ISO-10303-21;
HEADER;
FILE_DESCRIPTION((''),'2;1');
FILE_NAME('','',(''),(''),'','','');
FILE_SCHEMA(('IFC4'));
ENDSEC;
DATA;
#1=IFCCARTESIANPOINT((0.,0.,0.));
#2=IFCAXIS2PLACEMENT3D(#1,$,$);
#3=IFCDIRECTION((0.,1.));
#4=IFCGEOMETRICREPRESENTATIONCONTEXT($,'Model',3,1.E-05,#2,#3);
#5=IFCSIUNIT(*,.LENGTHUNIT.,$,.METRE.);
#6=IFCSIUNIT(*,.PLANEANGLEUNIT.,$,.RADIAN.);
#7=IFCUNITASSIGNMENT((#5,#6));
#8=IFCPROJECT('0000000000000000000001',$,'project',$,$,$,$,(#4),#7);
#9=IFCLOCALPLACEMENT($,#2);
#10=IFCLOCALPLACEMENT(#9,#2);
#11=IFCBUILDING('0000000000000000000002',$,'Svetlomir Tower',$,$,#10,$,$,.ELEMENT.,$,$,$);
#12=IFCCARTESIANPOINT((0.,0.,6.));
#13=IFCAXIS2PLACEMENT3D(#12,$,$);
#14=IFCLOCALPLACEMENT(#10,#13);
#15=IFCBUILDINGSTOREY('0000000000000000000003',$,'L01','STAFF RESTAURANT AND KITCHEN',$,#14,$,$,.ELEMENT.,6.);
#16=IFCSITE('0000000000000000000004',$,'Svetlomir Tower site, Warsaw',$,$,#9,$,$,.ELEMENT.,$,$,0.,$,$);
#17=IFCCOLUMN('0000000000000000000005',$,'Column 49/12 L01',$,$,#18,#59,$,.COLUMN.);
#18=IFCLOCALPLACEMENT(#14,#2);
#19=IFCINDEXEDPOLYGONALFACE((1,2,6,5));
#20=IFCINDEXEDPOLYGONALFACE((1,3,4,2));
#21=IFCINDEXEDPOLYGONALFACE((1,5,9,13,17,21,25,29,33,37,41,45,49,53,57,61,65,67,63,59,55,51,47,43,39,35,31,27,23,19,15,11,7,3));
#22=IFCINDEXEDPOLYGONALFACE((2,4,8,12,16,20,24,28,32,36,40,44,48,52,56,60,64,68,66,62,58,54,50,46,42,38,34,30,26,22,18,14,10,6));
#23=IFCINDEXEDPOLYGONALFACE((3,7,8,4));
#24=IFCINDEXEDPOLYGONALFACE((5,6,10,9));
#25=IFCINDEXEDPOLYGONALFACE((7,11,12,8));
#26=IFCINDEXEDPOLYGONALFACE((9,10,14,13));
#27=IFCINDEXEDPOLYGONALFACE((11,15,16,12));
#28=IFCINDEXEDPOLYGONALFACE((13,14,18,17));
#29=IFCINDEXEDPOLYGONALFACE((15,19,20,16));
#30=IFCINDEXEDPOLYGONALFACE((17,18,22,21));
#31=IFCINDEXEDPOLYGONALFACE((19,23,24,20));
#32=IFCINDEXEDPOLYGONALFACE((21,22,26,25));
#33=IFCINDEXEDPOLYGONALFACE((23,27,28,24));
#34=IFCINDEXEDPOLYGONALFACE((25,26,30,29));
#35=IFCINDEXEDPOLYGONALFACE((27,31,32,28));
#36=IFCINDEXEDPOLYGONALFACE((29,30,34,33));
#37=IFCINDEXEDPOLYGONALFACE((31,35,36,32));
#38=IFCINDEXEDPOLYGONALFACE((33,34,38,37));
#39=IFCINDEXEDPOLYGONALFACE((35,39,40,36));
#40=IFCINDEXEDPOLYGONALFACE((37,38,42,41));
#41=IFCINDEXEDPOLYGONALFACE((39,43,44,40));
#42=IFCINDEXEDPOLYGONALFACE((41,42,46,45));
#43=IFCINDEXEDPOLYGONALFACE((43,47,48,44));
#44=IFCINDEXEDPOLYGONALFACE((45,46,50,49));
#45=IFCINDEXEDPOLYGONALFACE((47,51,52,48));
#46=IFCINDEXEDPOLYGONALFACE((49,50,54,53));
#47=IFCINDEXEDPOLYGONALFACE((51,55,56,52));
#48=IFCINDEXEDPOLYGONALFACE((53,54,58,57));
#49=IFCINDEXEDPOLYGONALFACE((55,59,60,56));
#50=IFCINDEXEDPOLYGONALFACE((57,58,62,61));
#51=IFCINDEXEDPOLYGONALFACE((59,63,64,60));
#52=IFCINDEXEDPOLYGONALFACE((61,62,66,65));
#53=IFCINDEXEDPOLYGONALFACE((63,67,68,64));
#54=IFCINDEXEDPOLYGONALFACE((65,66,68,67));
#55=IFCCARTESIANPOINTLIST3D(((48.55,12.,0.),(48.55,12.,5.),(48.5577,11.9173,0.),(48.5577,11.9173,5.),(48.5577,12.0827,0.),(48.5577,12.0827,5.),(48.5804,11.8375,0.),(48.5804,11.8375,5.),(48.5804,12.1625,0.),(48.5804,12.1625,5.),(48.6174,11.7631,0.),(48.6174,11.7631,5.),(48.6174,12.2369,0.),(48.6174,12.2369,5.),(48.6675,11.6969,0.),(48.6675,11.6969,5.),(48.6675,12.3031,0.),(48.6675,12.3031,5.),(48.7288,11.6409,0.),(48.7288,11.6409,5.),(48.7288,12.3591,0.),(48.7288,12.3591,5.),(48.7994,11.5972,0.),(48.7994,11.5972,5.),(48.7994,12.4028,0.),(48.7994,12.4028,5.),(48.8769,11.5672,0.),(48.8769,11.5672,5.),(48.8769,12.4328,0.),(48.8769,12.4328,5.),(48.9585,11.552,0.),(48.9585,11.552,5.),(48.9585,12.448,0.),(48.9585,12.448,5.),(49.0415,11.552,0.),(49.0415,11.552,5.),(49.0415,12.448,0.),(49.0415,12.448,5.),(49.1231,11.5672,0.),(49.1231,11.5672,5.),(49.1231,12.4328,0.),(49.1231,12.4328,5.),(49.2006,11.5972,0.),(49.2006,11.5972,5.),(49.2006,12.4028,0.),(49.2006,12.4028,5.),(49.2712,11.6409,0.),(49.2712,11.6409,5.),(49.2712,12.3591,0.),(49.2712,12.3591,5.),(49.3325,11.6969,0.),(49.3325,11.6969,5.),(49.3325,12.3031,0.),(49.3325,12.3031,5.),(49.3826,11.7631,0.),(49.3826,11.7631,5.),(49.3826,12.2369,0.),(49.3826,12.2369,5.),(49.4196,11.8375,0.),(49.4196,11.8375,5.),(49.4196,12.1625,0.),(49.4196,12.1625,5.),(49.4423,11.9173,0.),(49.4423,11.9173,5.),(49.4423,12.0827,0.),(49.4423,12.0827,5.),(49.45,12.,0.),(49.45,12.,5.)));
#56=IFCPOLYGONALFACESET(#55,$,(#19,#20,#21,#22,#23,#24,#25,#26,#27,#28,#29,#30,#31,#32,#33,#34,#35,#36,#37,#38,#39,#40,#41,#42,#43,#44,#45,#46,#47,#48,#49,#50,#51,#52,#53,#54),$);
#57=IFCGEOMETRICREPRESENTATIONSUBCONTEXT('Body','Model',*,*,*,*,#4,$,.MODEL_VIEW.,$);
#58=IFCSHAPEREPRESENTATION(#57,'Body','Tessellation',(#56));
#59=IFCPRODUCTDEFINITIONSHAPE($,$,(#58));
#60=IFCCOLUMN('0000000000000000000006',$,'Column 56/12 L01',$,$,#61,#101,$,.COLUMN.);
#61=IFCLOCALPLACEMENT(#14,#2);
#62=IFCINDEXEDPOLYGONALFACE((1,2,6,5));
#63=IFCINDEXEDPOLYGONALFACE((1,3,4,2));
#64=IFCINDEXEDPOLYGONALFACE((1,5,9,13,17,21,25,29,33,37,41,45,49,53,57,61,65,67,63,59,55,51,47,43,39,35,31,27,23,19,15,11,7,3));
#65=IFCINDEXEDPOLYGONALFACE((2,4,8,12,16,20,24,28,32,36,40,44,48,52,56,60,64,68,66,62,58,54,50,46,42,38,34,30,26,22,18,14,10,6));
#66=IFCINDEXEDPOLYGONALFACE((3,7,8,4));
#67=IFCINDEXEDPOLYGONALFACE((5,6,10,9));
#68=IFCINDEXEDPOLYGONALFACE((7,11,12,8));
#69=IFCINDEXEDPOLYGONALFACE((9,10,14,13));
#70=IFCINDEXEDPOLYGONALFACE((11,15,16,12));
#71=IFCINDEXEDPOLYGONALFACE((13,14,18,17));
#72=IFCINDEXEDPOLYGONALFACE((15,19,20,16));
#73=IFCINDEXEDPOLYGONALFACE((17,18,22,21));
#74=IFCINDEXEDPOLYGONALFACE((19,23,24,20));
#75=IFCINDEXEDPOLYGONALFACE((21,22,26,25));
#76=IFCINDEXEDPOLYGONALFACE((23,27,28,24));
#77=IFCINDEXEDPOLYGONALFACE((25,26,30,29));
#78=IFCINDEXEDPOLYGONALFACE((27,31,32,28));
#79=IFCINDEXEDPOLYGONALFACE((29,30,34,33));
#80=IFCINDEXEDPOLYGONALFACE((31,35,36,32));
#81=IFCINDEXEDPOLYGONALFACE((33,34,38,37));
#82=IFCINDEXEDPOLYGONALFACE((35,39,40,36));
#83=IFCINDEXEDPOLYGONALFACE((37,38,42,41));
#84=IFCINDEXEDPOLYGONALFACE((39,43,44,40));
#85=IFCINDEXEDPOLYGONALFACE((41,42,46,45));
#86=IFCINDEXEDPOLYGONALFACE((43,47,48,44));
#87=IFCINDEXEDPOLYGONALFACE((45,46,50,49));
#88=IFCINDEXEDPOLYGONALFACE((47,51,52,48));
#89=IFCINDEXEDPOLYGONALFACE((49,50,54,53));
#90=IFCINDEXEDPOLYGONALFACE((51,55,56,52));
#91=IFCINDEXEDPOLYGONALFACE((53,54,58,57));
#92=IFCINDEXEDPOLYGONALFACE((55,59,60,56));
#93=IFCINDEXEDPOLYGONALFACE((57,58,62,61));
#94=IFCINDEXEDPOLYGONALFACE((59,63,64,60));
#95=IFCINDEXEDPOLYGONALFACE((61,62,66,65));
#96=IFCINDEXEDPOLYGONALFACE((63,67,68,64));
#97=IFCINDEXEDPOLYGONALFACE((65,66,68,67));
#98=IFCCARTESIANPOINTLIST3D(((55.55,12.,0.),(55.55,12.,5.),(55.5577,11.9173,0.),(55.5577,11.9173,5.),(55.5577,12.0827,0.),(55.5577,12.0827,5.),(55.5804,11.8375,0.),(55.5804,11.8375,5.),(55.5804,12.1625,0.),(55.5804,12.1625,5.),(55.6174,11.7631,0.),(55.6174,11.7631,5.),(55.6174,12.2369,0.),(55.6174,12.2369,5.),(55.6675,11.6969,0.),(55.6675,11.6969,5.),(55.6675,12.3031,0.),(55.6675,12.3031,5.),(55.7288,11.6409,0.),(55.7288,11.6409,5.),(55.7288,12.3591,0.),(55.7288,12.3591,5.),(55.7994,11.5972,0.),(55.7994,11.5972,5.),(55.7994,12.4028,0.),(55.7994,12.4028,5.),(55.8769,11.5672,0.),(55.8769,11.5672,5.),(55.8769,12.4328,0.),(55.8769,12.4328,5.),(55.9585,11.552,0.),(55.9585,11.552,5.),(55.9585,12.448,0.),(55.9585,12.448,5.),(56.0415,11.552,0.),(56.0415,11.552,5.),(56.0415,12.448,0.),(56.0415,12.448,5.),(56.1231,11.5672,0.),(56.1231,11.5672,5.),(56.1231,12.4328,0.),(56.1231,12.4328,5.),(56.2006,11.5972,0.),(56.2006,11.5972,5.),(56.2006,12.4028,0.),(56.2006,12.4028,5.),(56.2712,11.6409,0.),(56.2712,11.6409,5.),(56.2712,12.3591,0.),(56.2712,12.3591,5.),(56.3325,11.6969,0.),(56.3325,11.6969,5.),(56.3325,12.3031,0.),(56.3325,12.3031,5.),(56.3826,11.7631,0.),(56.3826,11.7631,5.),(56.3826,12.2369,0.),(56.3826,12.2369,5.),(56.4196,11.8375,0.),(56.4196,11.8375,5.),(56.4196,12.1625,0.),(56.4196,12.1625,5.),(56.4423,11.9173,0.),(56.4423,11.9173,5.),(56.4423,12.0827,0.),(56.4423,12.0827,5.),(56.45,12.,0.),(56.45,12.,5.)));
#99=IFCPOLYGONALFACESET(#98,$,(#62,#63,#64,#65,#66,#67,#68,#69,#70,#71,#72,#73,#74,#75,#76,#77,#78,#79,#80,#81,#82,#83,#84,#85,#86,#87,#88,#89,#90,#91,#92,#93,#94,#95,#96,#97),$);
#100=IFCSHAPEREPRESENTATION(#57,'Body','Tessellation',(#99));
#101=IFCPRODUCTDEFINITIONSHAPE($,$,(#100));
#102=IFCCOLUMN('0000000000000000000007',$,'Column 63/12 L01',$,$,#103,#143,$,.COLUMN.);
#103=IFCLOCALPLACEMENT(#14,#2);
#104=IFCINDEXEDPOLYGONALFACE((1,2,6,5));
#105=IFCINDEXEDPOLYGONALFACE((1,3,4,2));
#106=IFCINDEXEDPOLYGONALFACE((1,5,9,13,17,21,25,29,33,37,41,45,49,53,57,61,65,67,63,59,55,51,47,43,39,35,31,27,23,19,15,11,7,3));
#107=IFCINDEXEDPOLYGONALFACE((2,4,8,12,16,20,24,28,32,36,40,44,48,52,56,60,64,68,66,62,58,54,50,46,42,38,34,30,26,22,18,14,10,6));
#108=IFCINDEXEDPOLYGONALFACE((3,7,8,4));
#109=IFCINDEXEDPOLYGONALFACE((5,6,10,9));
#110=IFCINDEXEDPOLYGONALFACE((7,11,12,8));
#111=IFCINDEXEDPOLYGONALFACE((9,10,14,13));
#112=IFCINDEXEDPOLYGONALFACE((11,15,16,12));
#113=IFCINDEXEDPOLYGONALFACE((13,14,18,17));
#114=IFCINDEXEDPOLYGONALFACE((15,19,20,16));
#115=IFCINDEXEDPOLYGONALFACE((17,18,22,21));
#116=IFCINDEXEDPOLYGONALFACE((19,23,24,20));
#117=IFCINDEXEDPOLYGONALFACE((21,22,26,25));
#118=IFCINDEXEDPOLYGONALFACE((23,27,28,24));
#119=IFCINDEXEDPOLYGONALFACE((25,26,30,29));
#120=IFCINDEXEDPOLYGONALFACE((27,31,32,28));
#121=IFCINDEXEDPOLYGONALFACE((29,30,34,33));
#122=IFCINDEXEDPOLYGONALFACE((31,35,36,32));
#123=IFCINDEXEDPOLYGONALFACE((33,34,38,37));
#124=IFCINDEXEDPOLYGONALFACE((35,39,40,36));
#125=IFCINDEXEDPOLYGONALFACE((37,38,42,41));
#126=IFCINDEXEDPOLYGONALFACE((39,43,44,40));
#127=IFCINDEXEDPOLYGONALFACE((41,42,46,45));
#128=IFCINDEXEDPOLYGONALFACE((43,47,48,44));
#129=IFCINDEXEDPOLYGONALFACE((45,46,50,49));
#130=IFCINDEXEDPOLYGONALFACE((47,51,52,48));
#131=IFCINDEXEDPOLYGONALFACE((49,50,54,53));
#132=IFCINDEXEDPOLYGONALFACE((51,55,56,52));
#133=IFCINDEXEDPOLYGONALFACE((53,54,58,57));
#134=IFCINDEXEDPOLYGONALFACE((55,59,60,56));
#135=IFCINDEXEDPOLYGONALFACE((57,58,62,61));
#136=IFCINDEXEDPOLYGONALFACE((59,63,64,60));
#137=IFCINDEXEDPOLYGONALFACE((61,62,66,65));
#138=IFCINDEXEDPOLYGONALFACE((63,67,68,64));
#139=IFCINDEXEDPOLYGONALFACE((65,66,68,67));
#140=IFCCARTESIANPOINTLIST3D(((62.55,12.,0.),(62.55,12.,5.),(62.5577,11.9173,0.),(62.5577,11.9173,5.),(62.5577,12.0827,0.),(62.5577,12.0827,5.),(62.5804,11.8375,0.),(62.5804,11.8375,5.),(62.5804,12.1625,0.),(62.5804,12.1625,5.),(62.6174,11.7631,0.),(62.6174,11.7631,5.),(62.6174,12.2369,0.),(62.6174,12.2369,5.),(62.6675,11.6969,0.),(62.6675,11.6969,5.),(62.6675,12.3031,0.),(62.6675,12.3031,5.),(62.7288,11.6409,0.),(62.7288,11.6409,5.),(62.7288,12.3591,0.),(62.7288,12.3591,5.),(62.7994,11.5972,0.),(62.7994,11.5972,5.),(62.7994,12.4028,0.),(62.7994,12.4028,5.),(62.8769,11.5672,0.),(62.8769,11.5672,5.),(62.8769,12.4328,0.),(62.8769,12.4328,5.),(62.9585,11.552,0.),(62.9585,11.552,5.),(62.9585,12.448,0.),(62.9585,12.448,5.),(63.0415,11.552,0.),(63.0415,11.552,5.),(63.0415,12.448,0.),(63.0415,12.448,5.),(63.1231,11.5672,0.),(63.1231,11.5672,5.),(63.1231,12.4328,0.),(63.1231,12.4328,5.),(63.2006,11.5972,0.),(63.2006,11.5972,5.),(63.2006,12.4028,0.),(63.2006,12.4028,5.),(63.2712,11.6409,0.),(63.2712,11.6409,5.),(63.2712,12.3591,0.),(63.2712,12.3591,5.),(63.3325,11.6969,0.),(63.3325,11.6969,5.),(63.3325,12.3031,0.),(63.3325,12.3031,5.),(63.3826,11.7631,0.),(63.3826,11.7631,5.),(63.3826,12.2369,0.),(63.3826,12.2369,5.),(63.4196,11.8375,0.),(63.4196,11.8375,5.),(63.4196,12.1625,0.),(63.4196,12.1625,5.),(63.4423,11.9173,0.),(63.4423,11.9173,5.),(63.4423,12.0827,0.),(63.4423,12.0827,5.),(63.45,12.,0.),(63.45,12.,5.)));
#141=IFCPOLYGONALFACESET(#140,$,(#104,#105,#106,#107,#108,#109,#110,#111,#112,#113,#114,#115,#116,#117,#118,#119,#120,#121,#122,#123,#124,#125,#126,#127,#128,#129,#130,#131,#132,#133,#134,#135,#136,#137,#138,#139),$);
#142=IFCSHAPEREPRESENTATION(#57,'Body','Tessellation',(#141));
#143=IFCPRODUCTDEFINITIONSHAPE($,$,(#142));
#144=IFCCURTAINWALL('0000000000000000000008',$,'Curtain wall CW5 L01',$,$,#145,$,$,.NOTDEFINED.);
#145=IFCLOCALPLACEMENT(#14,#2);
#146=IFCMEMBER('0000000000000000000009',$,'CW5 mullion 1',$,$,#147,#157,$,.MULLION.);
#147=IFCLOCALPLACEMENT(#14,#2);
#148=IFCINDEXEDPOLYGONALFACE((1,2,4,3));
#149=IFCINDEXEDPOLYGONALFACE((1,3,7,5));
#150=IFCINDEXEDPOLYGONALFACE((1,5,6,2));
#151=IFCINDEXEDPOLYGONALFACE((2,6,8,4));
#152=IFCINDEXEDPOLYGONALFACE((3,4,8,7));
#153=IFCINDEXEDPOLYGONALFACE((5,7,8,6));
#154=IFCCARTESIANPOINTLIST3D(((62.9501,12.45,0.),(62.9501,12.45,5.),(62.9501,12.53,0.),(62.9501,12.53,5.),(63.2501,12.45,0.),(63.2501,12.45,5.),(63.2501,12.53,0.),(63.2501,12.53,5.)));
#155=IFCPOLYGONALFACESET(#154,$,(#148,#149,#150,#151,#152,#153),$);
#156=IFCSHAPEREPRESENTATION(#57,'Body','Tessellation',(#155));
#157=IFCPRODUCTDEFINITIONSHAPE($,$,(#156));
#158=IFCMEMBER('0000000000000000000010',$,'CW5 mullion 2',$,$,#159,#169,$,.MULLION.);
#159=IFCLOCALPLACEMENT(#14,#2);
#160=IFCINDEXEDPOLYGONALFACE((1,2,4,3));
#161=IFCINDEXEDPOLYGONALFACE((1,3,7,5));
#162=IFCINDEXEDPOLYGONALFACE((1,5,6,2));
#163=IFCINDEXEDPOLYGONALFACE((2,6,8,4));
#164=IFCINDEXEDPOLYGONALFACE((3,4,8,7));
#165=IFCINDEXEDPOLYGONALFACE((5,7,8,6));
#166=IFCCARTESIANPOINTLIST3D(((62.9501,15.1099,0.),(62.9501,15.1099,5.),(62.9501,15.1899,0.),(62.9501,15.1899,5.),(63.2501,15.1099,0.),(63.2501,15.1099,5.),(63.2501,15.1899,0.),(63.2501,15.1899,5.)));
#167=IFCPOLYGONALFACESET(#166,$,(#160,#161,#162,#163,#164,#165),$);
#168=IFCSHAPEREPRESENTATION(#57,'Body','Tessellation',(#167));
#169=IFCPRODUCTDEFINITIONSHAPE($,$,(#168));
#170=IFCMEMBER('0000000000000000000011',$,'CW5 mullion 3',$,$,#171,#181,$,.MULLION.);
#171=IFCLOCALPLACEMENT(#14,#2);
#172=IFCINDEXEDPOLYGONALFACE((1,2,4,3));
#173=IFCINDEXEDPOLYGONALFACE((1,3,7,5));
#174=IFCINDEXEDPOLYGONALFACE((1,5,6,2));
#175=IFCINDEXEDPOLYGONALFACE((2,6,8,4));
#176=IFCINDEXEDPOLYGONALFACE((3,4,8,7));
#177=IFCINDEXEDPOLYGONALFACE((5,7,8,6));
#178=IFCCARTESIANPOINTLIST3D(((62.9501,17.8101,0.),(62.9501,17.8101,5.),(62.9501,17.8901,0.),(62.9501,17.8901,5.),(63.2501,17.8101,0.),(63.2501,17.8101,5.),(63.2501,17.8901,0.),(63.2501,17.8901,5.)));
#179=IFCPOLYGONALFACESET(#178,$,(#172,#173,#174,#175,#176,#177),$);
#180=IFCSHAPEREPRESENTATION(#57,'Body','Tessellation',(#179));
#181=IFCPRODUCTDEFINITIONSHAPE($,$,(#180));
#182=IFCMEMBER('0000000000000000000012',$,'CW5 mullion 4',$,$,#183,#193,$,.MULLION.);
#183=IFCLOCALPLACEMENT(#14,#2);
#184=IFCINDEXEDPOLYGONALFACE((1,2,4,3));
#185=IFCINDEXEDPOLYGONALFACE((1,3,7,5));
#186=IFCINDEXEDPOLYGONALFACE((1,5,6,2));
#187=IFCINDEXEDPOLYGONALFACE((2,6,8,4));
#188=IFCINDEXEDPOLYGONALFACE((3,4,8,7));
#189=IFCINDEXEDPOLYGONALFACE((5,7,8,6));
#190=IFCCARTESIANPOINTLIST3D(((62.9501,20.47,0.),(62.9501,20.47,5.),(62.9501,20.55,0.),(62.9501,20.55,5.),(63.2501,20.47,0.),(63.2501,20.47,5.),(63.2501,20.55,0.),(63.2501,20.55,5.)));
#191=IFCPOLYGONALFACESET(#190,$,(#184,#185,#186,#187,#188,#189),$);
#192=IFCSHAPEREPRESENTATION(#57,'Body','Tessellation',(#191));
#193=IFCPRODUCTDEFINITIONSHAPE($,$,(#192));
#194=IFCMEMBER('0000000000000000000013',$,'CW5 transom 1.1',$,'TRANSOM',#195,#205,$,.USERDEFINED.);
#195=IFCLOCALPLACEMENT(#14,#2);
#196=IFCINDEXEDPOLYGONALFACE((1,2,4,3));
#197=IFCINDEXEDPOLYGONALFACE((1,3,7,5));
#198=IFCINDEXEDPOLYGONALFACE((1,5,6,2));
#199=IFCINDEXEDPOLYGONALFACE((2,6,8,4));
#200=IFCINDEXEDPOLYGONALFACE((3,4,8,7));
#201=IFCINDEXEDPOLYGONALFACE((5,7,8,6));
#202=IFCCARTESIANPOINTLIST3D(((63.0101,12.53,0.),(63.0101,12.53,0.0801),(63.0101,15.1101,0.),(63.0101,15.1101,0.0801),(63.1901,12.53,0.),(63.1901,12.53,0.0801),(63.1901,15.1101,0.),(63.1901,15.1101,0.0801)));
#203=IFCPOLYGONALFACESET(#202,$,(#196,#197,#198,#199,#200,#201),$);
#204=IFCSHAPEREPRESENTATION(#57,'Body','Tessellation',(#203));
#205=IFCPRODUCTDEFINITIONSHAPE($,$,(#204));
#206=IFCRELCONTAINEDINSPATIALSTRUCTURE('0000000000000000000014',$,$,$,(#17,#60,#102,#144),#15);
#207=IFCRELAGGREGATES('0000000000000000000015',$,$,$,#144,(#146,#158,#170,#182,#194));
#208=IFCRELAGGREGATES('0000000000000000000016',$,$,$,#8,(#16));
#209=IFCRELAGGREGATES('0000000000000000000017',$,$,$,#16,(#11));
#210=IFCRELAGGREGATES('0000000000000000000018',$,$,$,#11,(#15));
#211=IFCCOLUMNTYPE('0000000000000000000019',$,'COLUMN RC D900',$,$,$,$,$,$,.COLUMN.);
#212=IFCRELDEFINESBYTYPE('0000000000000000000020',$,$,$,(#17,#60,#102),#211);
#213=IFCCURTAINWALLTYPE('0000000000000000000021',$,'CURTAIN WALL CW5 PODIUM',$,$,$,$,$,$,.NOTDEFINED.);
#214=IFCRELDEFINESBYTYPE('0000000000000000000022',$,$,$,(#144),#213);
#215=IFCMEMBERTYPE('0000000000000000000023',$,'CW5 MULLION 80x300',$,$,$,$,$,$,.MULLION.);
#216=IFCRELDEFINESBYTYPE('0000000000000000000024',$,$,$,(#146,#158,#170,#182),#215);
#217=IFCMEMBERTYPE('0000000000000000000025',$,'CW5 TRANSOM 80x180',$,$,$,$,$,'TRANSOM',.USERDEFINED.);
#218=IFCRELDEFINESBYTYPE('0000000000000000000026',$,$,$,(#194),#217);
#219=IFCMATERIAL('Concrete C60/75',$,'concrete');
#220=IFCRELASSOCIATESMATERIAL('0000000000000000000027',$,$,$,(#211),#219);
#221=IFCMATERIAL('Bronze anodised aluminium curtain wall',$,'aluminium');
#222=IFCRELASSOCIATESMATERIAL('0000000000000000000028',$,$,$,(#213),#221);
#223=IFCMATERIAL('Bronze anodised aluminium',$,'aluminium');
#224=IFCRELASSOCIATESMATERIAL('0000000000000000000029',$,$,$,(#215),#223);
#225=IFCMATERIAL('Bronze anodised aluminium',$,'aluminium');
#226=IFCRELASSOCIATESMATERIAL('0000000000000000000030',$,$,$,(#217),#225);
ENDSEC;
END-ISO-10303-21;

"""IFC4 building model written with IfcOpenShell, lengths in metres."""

from ifc_helpers import new_model, si_unit, direction, frame, origin, origin_2d, place, context, subcontext, project, spatial, rectangle, circle, extrude, material, material_profile, profile_set, type_object, element, aggregate, save


model = new_model("IFC4")

# Units and contexts
model_context = context("Model", 3, precision=1e-05, world=origin(), true_north=direction((0.0, 1.0)))
body_context = subcontext(model_context, "Body", "Model", "MODEL_VIEW")
ifc_project = project(units=[si_unit("LENGTHUNIT", "METRE"), si_unit("PLANEANGLEUNIT", "RADIAN")], contexts=[model_context])

# Site, building, storey
site_placement = place(None, origin())
site = spatial("IfcSite", under=ifc_project, at=site_placement, Name="Svetlomir Tower site, Warsaw", CompositionType="ELEMENT", RefElevation=0.0)
building_placement = place(site_placement, origin())
building = spatial("IfcBuilding", under=site, at=building_placement, Name="Svetlomir Tower", CompositionType="ELEMENT")
storey_placement = place(building_placement, frame((0.0, 0.0, 6.0)))
storey = spatial("IfcBuildingStorey", under=building, at=storey_placement, Name="L01", Description="STAFF RESTAURANT AND KITCHEN", CompositionType="ELEMENT", Elevation=6.0)

# Columns
ifc_material_1 = material(Name="Concrete C60/75", Category="concrete")
ifc_material_profile_1 = material_profile(ifc_material_1, circle(Radius=0.45, at=origin_2d()), Name="RC D900")
ifc_profile_set_1 = profile_set([ifc_material_profile_1], Name="Concrete C60/75")
column_type = type_object("IfcColumnType", Name="COLUMN RC D900", PredefinedType="COLUMN", material=ifc_profile_set_1)
for number, where, z_axis, x_axis, name in (
    (1, (49.0, 12.0, 0.0), (0.0, 0.0, 1.0), (1.0, 0.0, 0.0), "Column 49/12 L01"),
    (2, (56.0, 12.0, 0.0), (0.0, 0.0, 1.0), (1.0, 0.0, 0.0), "Column 56/12 L01"),
    (3, (63.0, 12.0, 0.0), (0.0, 0.0, 1.0), (1.0, 0.0, 0.0), "Column 63/12 L01"),
):
    element("IfcColumn", number, at=place(storey_placement, frame(where, z_axis=z_axis, x_axis=x_axis)), inside=storey, type_object=column_type, Name=name, PredefinedType="COLUMN", context=body_context, shape_type="SweptSolid", body=[
        extrude(circle(Radius=0.45, at=origin_2d()), origin(), (0.0, 0.0, 1.0), 5.0),
    ])

# Curtain wall, members
ifc_material_2 = material(Name="Bronze anodised aluminium curtain wall", Category="aluminium")
curtain_wall_type = type_object("IfcCurtainWallType", Name="CURTAIN WALL CW5 PODIUM", PredefinedType="NOTDEFINED", material=ifc_material_2)
curtain_wall_placement = place(storey_placement, origin())
curtain_wall = element("IfcCurtainWall", 4, at=curtain_wall_placement, inside=storey, type_object=curtain_wall_type, Name="Curtain wall CW5 L01", PredefinedType="NOTDEFINED")
ifc_material_3 = material(Name="Bronze anodised aluminium", Category="aluminium")
ifc_material_profile_2 = material_profile(ifc_material_3, rectangle(XDim=0.0801, YDim=0.3, at=origin_2d()), Name="AL 80x300")
ifc_profile_set_2 = profile_set([ifc_material_profile_2], Name="Bronze anodised aluminium 6063-T6")
member_type_1 = type_object("IfcMemberType", Name="CW5 MULLION 80x300", PredefinedType="MULLION", material=ifc_profile_set_2)
member_1_placement = place(storey_placement, frame((63.1001, 12.49, 0.0), z_axis=(0.0, 0.0, 1.0), x_axis=(0.0, 1.0, 0.0)))
member_1 = element("IfcMember", 5, at=member_1_placement, type_object=member_type_1, Name="CW5 mullion 1", PredefinedType="MULLION", context=body_context, shape_type="SweptSolid", body=[
    extrude(rectangle(XDim=0.0801, YDim=0.3, at=origin_2d()), origin(), (0.0, 0.0, 1.0), 5.0),
])
member_2_placement = place(storey_placement, frame((63.1001, 15.1499, 0.0), z_axis=(0.0, 0.0, 1.0), x_axis=(0.0, 1.0, 0.0)))
member_2 = element("IfcMember", 6, at=member_2_placement, type_object=member_type_1, Name="CW5 mullion 2", PredefinedType="MULLION", context=body_context, shape_type="SweptSolid", body=[
    extrude(rectangle(XDim=0.0801, YDim=0.3, at=origin_2d()), origin(), (0.0, 0.0, 1.0), 5.0),
])
member_3_placement = place(storey_placement, frame((63.1001, 17.8501, 0.0), z_axis=(0.0, 0.0, 1.0), x_axis=(0.0, 1.0, 0.0)))
member_3 = element("IfcMember", 7, at=member_3_placement, type_object=member_type_1, Name="CW5 mullion 3", PredefinedType="MULLION", context=body_context, shape_type="SweptSolid", body=[
    extrude(rectangle(XDim=0.0801, YDim=0.3, at=origin_2d()), origin(), (0.0, 0.0, 1.0), 5.0),
])
member_4_placement = place(storey_placement, frame((63.1001, 20.51, 0.0), z_axis=(0.0, 0.0, 1.0), x_axis=(0.0, 1.0, 0.0)))
member_4 = element("IfcMember", 8, at=member_4_placement, type_object=member_type_1, Name="CW5 mullion 4", PredefinedType="MULLION", context=body_context, shape_type="SweptSolid", body=[
    extrude(rectangle(XDim=0.0801, YDim=0.3, at=origin_2d()), origin(), (0.0, 0.0, 1.0), 5.0),
])
ifc_material_4 = material(Name="Bronze anodised aluminium", Category="aluminium")
ifc_material_profile_3 = material_profile(ifc_material_4, rectangle(XDim=0.1799, YDim=0.0801, at=origin_2d()), Name="AL 180x80")
ifc_profile_set_3 = profile_set([ifc_material_profile_3], Name="Bronze anodised aluminium 6063-T6")
member_type_2 = type_object("IfcMemberType", Name="CW5 TRANSOM 80x180", ElementType="TRANSOM", PredefinedType="USERDEFINED", material=ifc_profile_set_3)
member_5_placement = place(storey_placement, frame((63.1001, 12.53, 0.04), z_axis=(0.0, 1.0, 0.0), x_axis=(-1.0, 0.0, 0.0)))
member_5 = element("IfcMember", 9, at=member_5_placement, type_object=member_type_2, Name="CW5 transom 1.1", ObjectType="TRANSOM", PredefinedType="USERDEFINED", context=body_context, shape_type="SweptSolid", body=[
    extrude(rectangle(XDim=0.1799, YDim=0.0801, at=origin_2d()), origin(), (0.0, 0.0, 1.0), 2.5801),
])

aggregate(curtain_wall, [member_1, member_2, member_3, member_4, member_5])

save(model, "model.ifc")
